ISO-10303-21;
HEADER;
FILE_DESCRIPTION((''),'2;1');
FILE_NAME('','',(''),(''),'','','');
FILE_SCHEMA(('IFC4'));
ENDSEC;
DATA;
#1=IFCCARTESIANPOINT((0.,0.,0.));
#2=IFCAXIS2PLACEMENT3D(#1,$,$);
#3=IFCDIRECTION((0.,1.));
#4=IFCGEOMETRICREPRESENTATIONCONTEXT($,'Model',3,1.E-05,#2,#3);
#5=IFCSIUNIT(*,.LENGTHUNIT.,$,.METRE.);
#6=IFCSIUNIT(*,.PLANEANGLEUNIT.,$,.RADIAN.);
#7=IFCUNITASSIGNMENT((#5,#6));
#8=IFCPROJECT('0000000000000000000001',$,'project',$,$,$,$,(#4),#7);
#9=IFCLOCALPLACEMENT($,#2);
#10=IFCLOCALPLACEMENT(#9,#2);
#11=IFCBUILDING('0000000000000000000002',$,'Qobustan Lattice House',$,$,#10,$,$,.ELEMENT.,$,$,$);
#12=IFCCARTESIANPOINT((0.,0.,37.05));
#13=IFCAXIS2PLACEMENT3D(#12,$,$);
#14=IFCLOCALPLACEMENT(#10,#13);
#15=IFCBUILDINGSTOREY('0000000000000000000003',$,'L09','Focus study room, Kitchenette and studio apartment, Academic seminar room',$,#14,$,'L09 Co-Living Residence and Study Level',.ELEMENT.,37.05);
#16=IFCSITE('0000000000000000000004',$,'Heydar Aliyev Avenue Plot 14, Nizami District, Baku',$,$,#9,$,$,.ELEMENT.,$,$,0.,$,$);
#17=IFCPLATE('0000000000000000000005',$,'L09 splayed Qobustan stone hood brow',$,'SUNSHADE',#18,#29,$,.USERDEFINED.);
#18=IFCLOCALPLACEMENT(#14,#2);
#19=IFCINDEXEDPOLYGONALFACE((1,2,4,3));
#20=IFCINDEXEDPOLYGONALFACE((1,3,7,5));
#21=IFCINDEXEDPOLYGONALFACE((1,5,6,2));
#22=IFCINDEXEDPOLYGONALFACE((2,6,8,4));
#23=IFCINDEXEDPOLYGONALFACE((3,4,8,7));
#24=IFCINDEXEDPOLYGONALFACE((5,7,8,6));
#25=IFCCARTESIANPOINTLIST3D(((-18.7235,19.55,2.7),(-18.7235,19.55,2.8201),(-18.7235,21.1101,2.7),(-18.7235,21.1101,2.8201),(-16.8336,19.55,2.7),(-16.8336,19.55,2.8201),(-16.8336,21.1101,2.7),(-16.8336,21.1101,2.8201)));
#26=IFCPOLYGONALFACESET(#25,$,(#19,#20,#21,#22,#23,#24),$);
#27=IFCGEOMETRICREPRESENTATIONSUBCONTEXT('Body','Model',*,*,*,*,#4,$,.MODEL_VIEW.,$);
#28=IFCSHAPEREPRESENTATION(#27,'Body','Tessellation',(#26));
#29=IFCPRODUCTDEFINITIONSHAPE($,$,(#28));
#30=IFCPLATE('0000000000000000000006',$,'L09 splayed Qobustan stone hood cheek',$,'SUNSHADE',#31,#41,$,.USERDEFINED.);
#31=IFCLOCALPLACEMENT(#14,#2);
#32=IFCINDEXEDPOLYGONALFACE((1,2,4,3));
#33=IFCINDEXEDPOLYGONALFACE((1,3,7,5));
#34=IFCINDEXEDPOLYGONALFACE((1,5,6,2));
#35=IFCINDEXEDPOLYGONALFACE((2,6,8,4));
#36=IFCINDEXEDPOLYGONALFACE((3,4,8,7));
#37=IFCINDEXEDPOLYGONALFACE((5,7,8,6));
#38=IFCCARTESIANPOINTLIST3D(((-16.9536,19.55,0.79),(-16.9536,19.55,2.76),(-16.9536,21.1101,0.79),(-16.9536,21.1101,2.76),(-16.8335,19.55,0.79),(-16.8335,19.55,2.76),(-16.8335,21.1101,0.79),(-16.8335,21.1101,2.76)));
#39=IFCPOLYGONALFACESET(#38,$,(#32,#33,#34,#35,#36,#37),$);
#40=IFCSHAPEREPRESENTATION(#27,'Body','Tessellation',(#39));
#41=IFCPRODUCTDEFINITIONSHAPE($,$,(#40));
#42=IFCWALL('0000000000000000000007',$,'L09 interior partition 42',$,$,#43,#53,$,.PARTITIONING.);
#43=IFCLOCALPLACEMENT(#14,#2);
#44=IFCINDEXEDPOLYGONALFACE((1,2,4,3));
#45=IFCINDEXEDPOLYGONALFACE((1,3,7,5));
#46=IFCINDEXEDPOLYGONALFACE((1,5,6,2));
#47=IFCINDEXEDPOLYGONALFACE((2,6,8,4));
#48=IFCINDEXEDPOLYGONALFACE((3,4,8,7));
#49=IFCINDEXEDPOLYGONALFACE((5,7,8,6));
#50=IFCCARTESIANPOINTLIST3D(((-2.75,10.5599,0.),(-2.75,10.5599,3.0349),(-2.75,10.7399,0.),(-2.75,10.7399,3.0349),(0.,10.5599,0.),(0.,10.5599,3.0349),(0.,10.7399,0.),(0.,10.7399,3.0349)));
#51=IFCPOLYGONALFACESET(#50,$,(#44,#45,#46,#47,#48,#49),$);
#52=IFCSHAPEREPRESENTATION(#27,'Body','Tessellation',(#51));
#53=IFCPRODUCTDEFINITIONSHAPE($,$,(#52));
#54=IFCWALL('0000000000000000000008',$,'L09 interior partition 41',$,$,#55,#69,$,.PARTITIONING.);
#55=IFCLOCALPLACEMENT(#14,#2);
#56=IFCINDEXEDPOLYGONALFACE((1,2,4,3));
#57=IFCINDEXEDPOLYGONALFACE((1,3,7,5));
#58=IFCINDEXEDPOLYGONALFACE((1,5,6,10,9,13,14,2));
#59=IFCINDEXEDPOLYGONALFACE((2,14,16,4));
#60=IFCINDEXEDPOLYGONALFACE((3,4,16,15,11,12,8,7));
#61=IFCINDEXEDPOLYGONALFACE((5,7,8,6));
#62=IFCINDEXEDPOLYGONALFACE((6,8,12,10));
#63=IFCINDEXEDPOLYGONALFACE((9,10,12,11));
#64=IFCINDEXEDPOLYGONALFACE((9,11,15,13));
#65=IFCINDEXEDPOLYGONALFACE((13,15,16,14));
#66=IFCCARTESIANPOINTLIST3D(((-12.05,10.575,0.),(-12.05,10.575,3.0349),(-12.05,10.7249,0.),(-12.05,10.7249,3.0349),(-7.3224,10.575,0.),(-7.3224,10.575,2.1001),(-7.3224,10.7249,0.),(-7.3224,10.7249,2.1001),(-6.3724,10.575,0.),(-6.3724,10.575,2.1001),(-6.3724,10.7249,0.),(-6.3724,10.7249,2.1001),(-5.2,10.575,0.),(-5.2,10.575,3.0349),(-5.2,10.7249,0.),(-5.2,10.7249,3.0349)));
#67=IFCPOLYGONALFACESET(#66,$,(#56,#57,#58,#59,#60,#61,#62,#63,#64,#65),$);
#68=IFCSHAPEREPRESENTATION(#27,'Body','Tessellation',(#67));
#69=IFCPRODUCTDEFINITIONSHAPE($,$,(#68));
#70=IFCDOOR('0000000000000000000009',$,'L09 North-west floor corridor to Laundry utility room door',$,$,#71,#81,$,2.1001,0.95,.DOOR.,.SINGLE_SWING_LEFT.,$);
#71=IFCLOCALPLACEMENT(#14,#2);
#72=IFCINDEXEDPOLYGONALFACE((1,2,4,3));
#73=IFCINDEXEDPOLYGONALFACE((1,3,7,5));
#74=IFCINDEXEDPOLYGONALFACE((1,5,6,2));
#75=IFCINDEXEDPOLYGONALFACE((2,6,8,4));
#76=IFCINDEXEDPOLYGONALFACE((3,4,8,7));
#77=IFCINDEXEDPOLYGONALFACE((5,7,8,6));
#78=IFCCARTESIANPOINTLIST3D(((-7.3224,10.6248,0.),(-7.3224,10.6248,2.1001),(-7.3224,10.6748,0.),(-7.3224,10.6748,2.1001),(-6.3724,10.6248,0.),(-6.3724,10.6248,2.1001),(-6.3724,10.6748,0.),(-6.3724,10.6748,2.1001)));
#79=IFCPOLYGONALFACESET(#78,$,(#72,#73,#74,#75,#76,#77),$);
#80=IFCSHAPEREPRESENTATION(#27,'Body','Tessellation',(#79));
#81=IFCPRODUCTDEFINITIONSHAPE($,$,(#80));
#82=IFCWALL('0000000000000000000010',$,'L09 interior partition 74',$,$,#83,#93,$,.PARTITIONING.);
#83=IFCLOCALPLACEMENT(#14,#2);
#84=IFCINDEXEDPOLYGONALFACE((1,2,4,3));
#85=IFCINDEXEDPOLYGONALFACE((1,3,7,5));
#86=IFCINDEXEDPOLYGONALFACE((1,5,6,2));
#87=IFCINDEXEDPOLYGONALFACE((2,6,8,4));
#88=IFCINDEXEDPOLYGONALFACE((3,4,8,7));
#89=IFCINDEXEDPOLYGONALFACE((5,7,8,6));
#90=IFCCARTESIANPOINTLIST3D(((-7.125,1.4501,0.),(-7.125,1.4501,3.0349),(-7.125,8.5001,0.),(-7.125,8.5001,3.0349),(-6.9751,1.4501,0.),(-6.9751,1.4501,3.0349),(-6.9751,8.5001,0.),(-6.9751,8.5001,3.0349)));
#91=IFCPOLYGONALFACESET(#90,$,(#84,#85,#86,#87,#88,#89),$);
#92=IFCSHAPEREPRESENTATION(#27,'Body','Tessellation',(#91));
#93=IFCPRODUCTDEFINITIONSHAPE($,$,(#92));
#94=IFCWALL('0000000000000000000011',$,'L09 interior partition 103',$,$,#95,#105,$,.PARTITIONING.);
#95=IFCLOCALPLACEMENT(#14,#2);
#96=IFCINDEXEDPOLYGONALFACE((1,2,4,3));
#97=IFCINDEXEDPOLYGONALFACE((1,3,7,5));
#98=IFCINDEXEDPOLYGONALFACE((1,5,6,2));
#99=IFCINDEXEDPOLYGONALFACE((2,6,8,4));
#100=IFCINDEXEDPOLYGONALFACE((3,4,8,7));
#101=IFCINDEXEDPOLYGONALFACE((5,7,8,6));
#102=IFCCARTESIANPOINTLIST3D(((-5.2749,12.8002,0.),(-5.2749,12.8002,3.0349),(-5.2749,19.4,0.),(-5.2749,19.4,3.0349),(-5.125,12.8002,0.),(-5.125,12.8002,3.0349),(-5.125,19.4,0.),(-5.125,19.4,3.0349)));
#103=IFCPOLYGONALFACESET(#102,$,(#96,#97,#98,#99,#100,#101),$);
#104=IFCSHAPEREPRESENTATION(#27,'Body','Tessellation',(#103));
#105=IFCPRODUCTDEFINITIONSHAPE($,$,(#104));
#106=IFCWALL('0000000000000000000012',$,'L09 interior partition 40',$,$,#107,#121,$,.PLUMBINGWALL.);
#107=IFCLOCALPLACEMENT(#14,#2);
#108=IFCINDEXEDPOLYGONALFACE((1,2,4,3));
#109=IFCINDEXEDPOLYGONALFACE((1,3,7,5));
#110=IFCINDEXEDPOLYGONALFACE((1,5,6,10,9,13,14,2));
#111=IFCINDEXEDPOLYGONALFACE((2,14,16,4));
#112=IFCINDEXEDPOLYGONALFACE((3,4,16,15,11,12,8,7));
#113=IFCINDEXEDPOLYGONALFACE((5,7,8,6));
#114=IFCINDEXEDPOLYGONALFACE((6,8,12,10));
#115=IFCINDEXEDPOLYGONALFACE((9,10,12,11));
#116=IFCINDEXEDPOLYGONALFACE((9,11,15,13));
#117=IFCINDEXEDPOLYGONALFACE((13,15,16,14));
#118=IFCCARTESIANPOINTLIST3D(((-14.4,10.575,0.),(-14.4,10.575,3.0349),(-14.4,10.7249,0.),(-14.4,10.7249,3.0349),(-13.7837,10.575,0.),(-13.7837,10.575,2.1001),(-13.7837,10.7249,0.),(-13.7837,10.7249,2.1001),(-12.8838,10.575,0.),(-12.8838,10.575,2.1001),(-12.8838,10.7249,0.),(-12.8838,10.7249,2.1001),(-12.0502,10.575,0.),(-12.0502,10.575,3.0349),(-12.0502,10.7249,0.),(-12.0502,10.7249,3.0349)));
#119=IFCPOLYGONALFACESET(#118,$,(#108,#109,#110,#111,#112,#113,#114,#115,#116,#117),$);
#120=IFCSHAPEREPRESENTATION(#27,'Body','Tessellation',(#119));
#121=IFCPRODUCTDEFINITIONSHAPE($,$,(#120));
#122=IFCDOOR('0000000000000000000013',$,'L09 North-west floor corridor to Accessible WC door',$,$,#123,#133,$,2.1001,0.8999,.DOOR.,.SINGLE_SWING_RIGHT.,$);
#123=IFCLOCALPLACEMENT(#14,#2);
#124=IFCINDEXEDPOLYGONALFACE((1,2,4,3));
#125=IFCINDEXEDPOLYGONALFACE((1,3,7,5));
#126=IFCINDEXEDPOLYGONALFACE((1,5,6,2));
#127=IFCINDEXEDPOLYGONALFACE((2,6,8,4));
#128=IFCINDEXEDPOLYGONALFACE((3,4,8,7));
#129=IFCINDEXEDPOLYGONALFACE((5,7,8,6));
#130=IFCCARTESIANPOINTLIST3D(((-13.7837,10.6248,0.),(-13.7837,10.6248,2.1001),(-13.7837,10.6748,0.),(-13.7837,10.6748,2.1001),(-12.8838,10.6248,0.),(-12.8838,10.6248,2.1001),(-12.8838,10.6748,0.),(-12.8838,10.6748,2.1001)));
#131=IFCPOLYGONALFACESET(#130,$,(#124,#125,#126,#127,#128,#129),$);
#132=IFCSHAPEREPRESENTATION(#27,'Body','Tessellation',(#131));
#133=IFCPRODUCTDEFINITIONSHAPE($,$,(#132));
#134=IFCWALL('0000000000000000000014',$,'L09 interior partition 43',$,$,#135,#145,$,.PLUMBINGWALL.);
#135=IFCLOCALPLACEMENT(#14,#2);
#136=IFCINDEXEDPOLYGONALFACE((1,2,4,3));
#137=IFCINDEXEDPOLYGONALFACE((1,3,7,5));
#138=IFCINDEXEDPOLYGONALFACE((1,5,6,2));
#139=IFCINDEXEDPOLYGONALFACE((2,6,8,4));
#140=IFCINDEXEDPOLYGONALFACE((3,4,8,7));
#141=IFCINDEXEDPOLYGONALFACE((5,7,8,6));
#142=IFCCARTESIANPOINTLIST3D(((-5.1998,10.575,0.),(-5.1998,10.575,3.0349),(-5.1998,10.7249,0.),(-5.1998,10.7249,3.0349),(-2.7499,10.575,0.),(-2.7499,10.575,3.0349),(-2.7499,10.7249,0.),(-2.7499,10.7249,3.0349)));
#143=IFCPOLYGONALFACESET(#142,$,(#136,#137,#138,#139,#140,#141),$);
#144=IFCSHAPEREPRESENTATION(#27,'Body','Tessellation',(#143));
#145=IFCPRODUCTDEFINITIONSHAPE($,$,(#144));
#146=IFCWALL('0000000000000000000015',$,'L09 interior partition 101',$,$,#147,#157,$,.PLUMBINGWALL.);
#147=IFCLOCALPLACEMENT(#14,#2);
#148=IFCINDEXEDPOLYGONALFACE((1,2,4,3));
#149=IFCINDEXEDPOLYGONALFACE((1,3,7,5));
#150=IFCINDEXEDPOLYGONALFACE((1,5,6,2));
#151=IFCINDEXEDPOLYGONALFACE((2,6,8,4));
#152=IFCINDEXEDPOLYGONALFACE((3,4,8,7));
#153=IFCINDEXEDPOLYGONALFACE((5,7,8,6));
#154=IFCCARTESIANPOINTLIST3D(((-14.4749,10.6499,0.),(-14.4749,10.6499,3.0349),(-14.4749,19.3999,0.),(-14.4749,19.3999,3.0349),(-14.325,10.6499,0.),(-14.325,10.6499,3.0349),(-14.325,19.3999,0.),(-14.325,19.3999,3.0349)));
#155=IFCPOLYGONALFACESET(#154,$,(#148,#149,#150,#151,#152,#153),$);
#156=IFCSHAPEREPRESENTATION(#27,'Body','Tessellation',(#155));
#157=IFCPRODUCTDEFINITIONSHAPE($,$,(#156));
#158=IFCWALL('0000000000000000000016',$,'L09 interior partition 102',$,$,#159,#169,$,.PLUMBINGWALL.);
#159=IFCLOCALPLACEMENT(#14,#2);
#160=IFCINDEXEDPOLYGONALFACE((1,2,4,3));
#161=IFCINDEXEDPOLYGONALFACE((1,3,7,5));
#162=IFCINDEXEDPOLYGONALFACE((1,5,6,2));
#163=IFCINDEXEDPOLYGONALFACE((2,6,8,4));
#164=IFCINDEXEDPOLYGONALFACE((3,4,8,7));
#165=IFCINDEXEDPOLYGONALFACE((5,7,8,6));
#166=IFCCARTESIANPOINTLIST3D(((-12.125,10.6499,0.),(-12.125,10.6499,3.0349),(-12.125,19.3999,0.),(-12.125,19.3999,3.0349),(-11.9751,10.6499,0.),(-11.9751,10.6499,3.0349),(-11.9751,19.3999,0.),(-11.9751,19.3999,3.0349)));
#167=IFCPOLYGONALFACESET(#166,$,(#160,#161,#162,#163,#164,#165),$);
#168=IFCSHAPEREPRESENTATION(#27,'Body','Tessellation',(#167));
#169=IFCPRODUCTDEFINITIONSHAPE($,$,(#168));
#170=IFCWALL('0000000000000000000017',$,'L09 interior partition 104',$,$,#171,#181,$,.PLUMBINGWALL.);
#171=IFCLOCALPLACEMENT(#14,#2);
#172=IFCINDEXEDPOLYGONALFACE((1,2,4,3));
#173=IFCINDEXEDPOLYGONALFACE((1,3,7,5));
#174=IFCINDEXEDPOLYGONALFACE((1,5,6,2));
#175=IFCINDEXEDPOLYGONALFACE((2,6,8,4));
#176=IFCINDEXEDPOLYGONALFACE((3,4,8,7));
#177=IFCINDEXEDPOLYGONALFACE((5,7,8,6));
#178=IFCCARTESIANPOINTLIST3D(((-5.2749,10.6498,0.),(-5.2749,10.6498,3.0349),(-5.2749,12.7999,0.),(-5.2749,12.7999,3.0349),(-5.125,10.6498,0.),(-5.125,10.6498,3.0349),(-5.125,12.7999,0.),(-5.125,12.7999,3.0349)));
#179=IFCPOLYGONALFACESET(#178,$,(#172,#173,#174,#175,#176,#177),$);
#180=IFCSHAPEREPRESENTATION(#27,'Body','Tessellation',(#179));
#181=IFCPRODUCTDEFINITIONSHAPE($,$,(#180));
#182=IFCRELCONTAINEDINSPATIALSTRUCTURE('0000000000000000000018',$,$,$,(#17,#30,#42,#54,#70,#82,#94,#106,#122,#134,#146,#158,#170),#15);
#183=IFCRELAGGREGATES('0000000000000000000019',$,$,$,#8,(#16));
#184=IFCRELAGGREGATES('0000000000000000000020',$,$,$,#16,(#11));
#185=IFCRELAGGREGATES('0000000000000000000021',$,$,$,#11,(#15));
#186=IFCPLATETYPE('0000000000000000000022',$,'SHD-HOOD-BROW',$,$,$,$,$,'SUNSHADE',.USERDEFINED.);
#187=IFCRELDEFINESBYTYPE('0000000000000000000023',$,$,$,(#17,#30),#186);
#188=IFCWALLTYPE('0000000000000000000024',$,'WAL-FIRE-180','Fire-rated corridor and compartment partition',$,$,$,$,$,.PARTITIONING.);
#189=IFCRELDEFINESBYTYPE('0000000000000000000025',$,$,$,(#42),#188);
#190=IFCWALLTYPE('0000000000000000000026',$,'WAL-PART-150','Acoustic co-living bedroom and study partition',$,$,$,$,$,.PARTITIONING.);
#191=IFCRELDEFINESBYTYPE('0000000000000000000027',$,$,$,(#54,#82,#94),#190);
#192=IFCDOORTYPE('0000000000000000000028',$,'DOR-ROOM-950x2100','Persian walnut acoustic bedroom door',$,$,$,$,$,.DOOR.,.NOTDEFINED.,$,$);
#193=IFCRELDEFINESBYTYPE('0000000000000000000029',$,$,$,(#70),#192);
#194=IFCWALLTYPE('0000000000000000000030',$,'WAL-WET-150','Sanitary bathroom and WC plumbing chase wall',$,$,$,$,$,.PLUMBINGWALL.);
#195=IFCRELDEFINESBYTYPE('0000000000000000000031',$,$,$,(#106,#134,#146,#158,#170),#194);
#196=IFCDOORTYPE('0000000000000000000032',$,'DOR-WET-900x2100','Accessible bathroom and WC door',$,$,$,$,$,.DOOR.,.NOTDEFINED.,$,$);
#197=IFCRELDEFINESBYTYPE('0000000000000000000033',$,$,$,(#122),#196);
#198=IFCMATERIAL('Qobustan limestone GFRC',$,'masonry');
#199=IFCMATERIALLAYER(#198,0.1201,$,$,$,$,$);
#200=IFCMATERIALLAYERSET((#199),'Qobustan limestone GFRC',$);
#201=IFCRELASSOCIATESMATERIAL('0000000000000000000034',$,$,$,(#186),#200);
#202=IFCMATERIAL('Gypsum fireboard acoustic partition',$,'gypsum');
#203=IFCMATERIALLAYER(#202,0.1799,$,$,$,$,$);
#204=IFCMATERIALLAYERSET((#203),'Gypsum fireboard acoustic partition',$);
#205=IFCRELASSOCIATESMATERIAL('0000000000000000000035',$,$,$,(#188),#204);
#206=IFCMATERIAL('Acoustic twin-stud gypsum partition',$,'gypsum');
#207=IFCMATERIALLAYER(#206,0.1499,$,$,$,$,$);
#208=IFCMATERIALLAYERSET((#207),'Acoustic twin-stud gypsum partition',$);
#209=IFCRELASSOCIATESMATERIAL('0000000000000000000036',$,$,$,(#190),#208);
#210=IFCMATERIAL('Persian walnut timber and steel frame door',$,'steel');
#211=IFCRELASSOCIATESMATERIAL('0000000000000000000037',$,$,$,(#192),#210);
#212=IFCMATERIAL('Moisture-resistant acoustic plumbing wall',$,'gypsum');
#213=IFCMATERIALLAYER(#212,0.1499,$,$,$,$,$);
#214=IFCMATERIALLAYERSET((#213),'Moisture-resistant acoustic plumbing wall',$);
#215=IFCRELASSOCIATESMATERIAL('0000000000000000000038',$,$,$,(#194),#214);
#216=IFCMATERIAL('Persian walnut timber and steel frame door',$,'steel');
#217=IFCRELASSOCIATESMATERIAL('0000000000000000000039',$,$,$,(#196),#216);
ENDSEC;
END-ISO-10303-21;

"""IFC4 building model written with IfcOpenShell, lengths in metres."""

from ifc_helpers import new_model, si_unit, direction, frame, frame_2d, origin, origin_2d, place, context, subcontext, project, spatial, rectangle, extrude, material, layer, layer_set, type_object, element, fill, save


model = new_model("IFC4")

# Units and contexts
model_context = context("Model", 3, precision=1e-05, world=origin(), true_north=direction((0.0, 1.0)))
body_context = subcontext(model_context, "Body", "Model", "MODEL_VIEW")
ifc_project = project(units=[si_unit("LENGTHUNIT", "METRE"), si_unit("PLANEANGLEUNIT", "RADIAN")], contexts=[model_context])

# Site, building, storey
site_placement = place(None, origin())
site = spatial("IfcSite", under=ifc_project, at=site_placement, Name="Heydar Aliyev Avenue Plot 14, Nizami District, Baku", CompositionType="ELEMENT", RefElevation=0.0)
building_placement = place(site_placement, origin())
building = spatial("IfcBuilding", under=site, at=building_placement, Name="Qobustan Lattice House", CompositionType="ELEMENT")
storey_placement = place(building_placement, frame((0.0, 0.0, 37.05)))
storey = spatial("IfcBuildingStorey", under=building, at=storey_placement, Name="L09", Description="Focus study room, Kitchenette and studio apartment, Academic seminar room", LongName="L09 Co-Living Residence and Study Level", CompositionType="ELEMENT", Elevation=37.05)

# Plates
ifc_material_1 = material(Name="Qobustan limestone GFRC", Category="masonry")
ifc_layer_1 = layer(ifc_material_1, 0.1201)
ifc_layer_set_1 = layer_set([ifc_layer_1], Name="Qobustan limestone GFRC")
plate_type = type_object("IfcPlateType", Name="SHD-HOOD-BROW", ElementType="SUNSHADE", PredefinedType="USERDEFINED", material=ifc_layer_set_1)
plate_1_placement = place(storey_placement, frame((-17.7786, 20.3301, 2.7), z_axis=(0.0, 0.0, 1.0), x_axis=(1.0, 0.0, 0.0)))
element("IfcPlate", 1, at=plate_1_placement, inside=storey, type_object=plate_type, Name="L09 splayed Qobustan stone hood brow", ObjectType="SUNSHADE", PredefinedType="USERDEFINED", context=body_context, shape_type="SweptSolid", body=[
    extrude(rectangle(XDim=1.8899, YDim=1.5601, at=origin_2d()), origin(), (0.0, 0.0, 1.0), 0.1201),
])
plate_2_placement = place(storey_placement, frame((-16.8936, 20.3301, 0.79), z_axis=(0.0, 0.0, 1.0), x_axis=(1.0, 0.0, 0.0)))
element("IfcPlate", 2, at=plate_2_placement, inside=storey, type_object=plate_type, Name="L09 splayed Qobustan stone hood cheek", ObjectType="SUNSHADE", PredefinedType="USERDEFINED", context=body_context, shape_type="SweptSolid", body=[
    extrude(rectangle(XDim=0.1201, YDim=1.5601, at=origin_2d()), origin(), (0.0, 0.0, 1.0), 1.97),
])

# Wall
ifc_material_2 = material(Name="Gypsum fireboard acoustic partition", Category="gypsum")
ifc_layer_2 = layer(ifc_material_2, 0.1799)
ifc_layer_set_2 = layer_set([ifc_layer_2], Name="Gypsum fireboard acoustic partition")
wall_type_1 = type_object("IfcWallType", Name="WAL-FIRE-180", Description="Fire-rated corridor and compartment partition", PredefinedType="PARTITIONING", material=ifc_layer_set_2)
wall_1_placement = place(storey_placement, frame((-2.75, 10.6499, 0.0), z_axis=(0.0, 0.0, 1.0), x_axis=(1.0, 0.0, 0.0)))
element("IfcWall", 3, at=wall_1_placement, inside=storey, type_object=wall_type_1, Name="L09 interior partition 42", PredefinedType="PARTITIONING", context=body_context, shape_type="SweptSolid", body=[
    extrude(rectangle(XDim=2.75, YDim=0.1799, at=frame_2d((1.375, 0.0))), origin(), (0.0, 0.0, 1.0), 3.0349),
])

# Wall, opening, door
ifc_material_3 = material(Name="Acoustic twin-stud gypsum partition", Category="gypsum")
ifc_layer_3 = layer(ifc_material_3, 0.1499)
ifc_layer_set_3 = layer_set([ifc_layer_3], Name="Acoustic twin-stud gypsum partition")
wall_type_2 = type_object("IfcWallType", Name="WAL-PART-150", Description="Acoustic co-living bedroom and study partition", PredefinedType="PARTITIONING", material=ifc_layer_set_3)
wall_2_placement = place(storey_placement, frame((-12.05, 10.6499, 0.0), z_axis=(0.0, 0.0, 1.0), x_axis=(1.0, 0.0, 0.0)))
wall_2 = element("IfcWall", 4, at=wall_2_placement, inside=storey, type_object=wall_type_2, Name="L09 interior partition 41", PredefinedType="PARTITIONING", context=body_context, shape_type="SweptSolid", body=[
    extrude(rectangle(XDim=6.8501, YDim=0.1499, at=frame_2d((3.425, 0.0))), origin(), (0.0, 0.0, 1.0), 3.0349),
])
opening_1_placement = place(wall_2_placement, frame((4.7275, 0.0, 0.0)))
opening_1 = element("IfcOpeningElement", 5, at=opening_1_placement, cuts=wall_2, PredefinedType="OPENING", context=body_context, shape_type="SweptSolid", body=[
    extrude(rectangle(XDim=0.95, YDim=2.1001, at=frame_2d((0.4751, 1.05))), frame((0.0, 0.085, 0.0), z_axis=(0.0, -1.0, 0.0), x_axis=(1.0, 0.0, 0.0)), (0.0, 0.0, 1.0), 0.1699),
])
ifc_material_4 = material(Name="Persian walnut timber and steel frame door", Category="steel")
door_type_1 = type_object("IfcDoorType", Name="DOR-ROOM-950x2100", Description="Persian walnut acoustic bedroom door", OperationType="NOTDEFINED", PredefinedType="DOOR", material=ifc_material_4)
door_1_placement = place(opening_1_placement, origin())
door_1 = element("IfcDoor", 6, at=door_1_placement, inside=storey, type_object=door_type_1, Name="L09 North-west floor corridor to Laundry utility room door", OperationType="SINGLE_SWING_LEFT", OverallHeight=2.1001, OverallWidth=0.95, PredefinedType="DOOR", context=body_context, shape_type="SweptSolid", body=[
    extrude(rectangle(XDim=0.95, YDim=2.1001, at=frame_2d((0.4751, 1.05))), frame((0.0, 0.0249, 0.0), z_axis=(0.0, -1.0, 0.0), x_axis=(1.0, 0.0, 0.0)), (0.0, 0.0, 1.0), 0.05),
])
fill(opening_1, door_1)

# Walls
wall_3_placement = place(storey_placement, frame((-7.05, 8.5, 0.0), z_axis=(0.0, 0.0, 1.0), x_axis=(0.0, -1.0, 0.0)))
element("IfcWall", 7, at=wall_3_placement, inside=storey, type_object=wall_type_2, Name="L09 interior partition 74", PredefinedType="PARTITIONING", context=body_context, shape_type="SweptSolid", body=[
    extrude(rectangle(XDim=7.05, YDim=0.1499, at=frame_2d((3.5249, 0.0))), origin(), (0.0, 0.0, 1.0), 3.0349),
])
wall_4_placement = place(storey_placement, frame((-5.2, 19.3999, 0.0), z_axis=(0.0, 0.0, 1.0), x_axis=(0.0, -1.0, 0.0)))
element("IfcWall", 8, at=wall_4_placement, inside=storey, type_object=wall_type_2, Name="L09 interior partition 103", PredefinedType="PARTITIONING", context=body_context, shape_type="SweptSolid", body=[
    extrude(rectangle(XDim=6.5999, YDim=0.1499, at=frame_2d((3.2998, 0.0))), origin(), (0.0, 0.0, 1.0), 3.0349),
])

# Wall, opening, door
ifc_material_5 = material(Name="Moisture-resistant acoustic plumbing wall", Category="gypsum")
ifc_layer_4 = layer(ifc_material_5, 0.1499)
ifc_layer_set_4 = layer_set([ifc_layer_4], Name="Moisture-resistant acoustic plumbing wall")
wall_type_3 = type_object("IfcWallType", Name="WAL-WET-150", Description="Sanitary bathroom and WC plumbing chase wall", PredefinedType="PLUMBINGWALL", material=ifc_layer_set_4)
wall_5_placement = place(storey_placement, frame((-14.3999, 10.6499, 0.0), z_axis=(0.0, 0.0, 1.0), x_axis=(1.0, 0.0, 0.0)))
wall_5 = element("IfcWall", 9, at=wall_5_placement, inside=storey, type_object=wall_type_3, Name="L09 interior partition 40", PredefinedType="PLUMBINGWALL", context=body_context, shape_type="SweptSolid", body=[
    extrude(rectangle(XDim=2.3499, YDim=0.1499, at=frame_2d((1.1748, 0.0))), origin(), (0.0, 0.0, 1.0), 3.0349),
])
opening_2_placement = place(wall_5_placement, frame((0.6162, 0.0, 0.0)))
opening_2 = element("IfcOpeningElement", 10, at=opening_2_placement, cuts=wall_5, PredefinedType="OPENING", context=body_context, shape_type="SweptSolid", body=[
    extrude(rectangle(XDim=0.8999, YDim=2.1001, at=frame_2d((0.45, 1.05))), frame((0.0, 0.085, 0.0), z_axis=(0.0, -1.0, 0.0), x_axis=(1.0, 0.0, 0.0)), (0.0, 0.0, 1.0), 0.1699),
])
ifc_material_6 = material(Name="Persian walnut timber and steel frame door", Category="steel")
door_type_2 = type_object("IfcDoorType", Name="DOR-WET-900x2100", Description="Accessible bathroom and WC door", OperationType="NOTDEFINED", PredefinedType="DOOR", material=ifc_material_6)
door_2_placement = place(opening_2_placement, origin())
door_2 = element("IfcDoor", 11, at=door_2_placement, inside=storey, type_object=door_type_2, Name="L09 North-west floor corridor to Accessible WC door", OperationType="SINGLE_SWING_RIGHT", OverallHeight=2.1001, OverallWidth=0.8999, PredefinedType="DOOR", context=body_context, shape_type="SweptSolid", body=[
    extrude(rectangle(XDim=0.8999, YDim=2.1001, at=frame_2d((0.45, 1.05))), frame((0.0, 0.0249, 0.0), z_axis=(0.0, -1.0, 0.0), x_axis=(1.0, 0.0, 0.0)), (0.0, 0.0, 1.0), 0.05),
])
fill(opening_2, door_2)

# Walls
wall_6_placement = place(storey_placement, frame((-5.2, 10.6499, 0.0), z_axis=(0.0, 0.0, 1.0), x_axis=(1.0, 0.0, 0.0)))
element("IfcWall", 12, at=wall_6_placement, inside=storey, type_object=wall_type_3, Name="L09 interior partition 43", PredefinedType="PLUMBINGWALL", context=body_context, shape_type="SweptSolid", body=[
    extrude(rectangle(XDim=2.45, YDim=0.1499, at=frame_2d((1.2251, 0.0))), origin(), (0.0, 0.0, 1.0), 3.0349),
])
for number, where, z_axis, x_axis, name in (
    (13, (-14.3999, 19.3999, 0.0), (0.0, 0.0, 1.0), (0.0, -1.0, 0.0), "L09 interior partition 101"),
    (14, (-12.05, 19.3999, 0.0), (0.0, 0.0, 1.0), (0.0, -1.0, 0.0), "L09 interior partition 102"),
):
    element("IfcWall", number, at=place(storey_placement, frame(where, z_axis=z_axis, x_axis=x_axis)), inside=storey, type_object=wall_type_3, Name=name, PredefinedType="PLUMBINGWALL", context=body_context, shape_type="SweptSolid", body=[
        extrude(rectangle(XDim=8.75, YDim=0.1499, at=frame_2d((4.375, 0.0))), origin(), (0.0, 0.0, 1.0), 3.0349),
    ])
wall_7_placement = place(storey_placement, frame((-5.2, 12.8, 0.0), z_axis=(0.0, 0.0, 1.0), x_axis=(0.0, -1.0, 0.0)))
element("IfcWall", 15, at=wall_7_placement, inside=storey, type_object=wall_type_3, Name="L09 interior partition 104", PredefinedType="PLUMBINGWALL", context=body_context, shape_type="SweptSolid", body=[
    extrude(rectangle(XDim=2.1501, YDim=0.1499, at=frame_2d((1.0752, 0.0))), origin(), (0.0, 0.0, 1.0), 3.0349),
])

save(model, "model.ifc")
